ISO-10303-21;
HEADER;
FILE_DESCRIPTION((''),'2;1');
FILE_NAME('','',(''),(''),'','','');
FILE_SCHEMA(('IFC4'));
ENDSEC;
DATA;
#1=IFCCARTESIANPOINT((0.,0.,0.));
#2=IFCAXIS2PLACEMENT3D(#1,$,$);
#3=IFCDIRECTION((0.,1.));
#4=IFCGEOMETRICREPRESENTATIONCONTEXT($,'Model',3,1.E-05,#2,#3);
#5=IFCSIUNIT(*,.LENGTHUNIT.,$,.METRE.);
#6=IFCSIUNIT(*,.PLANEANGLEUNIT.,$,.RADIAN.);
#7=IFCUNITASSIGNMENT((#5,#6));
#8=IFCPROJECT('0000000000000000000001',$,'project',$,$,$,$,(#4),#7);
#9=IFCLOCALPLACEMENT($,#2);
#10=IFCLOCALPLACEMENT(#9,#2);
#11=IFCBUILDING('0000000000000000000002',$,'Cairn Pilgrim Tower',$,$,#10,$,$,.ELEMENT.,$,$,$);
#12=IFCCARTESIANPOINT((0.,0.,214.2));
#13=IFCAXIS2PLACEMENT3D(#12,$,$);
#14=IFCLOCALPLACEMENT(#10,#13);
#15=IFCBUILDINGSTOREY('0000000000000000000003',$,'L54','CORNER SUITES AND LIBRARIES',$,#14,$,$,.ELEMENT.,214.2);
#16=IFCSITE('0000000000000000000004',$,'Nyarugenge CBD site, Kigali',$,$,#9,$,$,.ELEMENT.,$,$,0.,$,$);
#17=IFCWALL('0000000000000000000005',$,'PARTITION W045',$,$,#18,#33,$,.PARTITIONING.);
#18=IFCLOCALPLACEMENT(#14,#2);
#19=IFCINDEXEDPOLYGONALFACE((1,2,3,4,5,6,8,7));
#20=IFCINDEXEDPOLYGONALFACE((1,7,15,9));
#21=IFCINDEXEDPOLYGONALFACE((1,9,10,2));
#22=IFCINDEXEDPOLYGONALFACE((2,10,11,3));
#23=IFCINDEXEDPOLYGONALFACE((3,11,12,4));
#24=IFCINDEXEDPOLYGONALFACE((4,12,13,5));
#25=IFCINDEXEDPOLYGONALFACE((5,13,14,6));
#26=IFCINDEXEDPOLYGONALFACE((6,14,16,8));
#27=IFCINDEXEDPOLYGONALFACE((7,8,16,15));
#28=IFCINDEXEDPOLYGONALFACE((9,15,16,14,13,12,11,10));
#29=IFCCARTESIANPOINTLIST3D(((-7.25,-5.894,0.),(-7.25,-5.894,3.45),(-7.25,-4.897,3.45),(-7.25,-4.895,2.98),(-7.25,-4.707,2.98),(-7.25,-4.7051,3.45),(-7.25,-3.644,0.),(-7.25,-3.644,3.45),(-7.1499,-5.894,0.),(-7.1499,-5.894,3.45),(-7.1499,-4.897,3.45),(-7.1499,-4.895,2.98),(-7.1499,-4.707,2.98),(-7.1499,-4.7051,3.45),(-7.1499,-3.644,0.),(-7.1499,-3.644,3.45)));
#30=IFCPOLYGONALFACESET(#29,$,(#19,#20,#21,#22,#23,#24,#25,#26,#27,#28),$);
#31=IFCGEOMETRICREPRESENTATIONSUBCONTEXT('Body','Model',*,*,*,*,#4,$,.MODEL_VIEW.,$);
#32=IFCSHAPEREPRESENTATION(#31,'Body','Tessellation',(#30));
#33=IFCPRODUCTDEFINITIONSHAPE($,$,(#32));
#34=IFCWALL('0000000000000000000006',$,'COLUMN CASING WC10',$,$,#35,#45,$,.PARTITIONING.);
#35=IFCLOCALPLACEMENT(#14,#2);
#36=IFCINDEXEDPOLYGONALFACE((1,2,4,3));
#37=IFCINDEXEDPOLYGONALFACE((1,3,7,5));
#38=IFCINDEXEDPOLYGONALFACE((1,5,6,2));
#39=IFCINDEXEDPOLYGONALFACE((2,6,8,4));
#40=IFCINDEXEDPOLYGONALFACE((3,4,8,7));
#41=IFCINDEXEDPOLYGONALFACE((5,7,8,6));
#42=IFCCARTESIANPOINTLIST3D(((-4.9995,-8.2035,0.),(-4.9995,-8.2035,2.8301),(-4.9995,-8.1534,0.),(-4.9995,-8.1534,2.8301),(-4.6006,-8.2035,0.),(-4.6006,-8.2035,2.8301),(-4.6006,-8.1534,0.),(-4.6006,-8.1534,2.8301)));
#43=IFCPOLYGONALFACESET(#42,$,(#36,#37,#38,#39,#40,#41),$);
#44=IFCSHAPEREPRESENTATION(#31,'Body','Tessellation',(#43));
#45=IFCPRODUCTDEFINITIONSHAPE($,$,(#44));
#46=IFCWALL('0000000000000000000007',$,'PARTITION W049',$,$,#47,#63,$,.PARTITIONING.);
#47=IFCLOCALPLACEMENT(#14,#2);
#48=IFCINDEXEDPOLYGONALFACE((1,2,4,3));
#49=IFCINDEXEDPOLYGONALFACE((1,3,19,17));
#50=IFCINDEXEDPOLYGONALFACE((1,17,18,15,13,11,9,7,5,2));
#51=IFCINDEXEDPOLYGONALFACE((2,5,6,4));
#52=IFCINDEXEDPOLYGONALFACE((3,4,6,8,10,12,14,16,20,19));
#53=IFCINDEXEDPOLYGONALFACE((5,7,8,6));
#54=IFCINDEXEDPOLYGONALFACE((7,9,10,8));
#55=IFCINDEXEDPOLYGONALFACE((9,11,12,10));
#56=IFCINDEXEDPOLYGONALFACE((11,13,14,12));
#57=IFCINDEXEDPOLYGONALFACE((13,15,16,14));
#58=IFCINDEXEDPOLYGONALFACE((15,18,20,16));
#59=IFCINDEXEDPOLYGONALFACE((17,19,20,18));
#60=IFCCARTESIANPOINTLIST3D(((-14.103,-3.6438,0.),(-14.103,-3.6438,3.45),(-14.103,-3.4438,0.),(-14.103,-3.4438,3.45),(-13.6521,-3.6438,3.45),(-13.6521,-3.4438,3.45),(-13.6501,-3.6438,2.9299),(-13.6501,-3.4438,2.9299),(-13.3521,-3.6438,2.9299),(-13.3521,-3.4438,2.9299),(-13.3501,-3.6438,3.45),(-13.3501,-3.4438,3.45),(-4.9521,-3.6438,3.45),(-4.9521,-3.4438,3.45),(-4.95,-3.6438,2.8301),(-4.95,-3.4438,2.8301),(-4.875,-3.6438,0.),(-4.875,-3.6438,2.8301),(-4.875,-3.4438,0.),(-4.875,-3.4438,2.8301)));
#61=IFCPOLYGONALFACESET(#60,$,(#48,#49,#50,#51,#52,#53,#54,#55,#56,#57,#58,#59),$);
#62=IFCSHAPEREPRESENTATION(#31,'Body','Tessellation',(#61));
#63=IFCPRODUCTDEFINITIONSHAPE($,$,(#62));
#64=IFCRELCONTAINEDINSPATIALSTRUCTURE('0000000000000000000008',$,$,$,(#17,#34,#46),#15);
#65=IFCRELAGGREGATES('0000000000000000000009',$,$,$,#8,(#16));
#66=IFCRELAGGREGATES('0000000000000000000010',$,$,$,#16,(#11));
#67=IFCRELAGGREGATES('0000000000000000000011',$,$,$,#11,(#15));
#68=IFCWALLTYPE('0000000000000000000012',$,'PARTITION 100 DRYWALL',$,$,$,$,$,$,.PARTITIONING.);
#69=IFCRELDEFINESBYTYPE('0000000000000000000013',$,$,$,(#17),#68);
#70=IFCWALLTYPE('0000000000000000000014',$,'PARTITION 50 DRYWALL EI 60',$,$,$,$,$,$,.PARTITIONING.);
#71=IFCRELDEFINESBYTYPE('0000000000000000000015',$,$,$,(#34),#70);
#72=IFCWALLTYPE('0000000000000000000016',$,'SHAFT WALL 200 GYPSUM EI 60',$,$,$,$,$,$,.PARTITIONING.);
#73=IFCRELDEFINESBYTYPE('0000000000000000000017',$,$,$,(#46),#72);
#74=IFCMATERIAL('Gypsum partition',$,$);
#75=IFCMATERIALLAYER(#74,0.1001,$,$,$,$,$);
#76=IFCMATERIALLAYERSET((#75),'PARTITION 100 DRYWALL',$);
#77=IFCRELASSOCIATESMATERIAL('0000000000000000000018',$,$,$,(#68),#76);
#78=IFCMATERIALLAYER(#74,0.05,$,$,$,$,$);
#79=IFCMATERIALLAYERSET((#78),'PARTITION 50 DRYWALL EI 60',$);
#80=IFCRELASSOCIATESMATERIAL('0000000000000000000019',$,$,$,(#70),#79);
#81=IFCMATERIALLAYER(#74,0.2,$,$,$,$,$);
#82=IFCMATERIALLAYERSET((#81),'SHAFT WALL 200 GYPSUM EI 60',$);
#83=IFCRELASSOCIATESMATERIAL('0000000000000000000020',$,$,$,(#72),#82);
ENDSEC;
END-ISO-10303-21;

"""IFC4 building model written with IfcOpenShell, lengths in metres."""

from ifc_helpers import new_model, si_unit, direction, frame, frame_2d, origin, place, context, subcontext, project, spatial, polyline, rectangle, outline, extrude, material, layer, layer_set, type_object, element, save


model = new_model("IFC4")

# Units and contexts
model_context = context("Model", 3, precision=1e-05, world=origin(), true_north=direction((0.0, 1.0)))
body_context = subcontext(model_context, "Body", "Model", "MODEL_VIEW")
ifc_project = project(units=[si_unit("LENGTHUNIT", "METRE"), si_unit("PLANEANGLEUNIT", "RADIAN")], contexts=[model_context])

# Site, building, storey
site_placement = place(None, origin())
site = spatial("IfcSite", under=ifc_project, at=site_placement, Name="Nyarugenge CBD site, Kigali", CompositionType="ELEMENT", RefElevation=0.0)
building_placement = place(site_placement, origin())
building = spatial("IfcBuilding", under=site, at=building_placement, Name="Cairn Pilgrim Tower", CompositionType="ELEMENT")
storey_placement = place(building_placement, frame((0.0, 0.0, 214.2)))
storey = spatial("IfcBuildingStorey", under=building, at=storey_placement, Name="L54", Description="CORNER SUITES AND LIBRARIES", CompositionType="ELEMENT", Elevation=214.2)

# Shared definitions
ifc_material_1 = material(Name="Gypsum partition")
ifc_layer_1 = layer(ifc_material_1, 0.1001)
ifc_layer_set_1 = layer_set([ifc_layer_1], Name="PARTITION 100 DRYWALL")
wall_type_1 = type_object("IfcWallType", Name="PARTITION 100 DRYWALL", PredefinedType="PARTITIONING", material=ifc_layer_set_1)

# Walls
wall_1_placement = place(storey_placement, frame((-7.2, -5.894, 0.0), z_axis=(0.0, 0.0, 1.0), x_axis=(0.0, 1.0, 0.0)))
element("IfcWall", 1, at=wall_1_placement, inside=storey, type_object=wall_type_1, Name="PARTITION W045", PredefinedType="PARTITIONING", context=body_context, shape_type="SweptSolid", body=[
    extrude(outline(polyline([(0.0, 0.0), (2.25, 0.0), (2.25, 3.45), (1.189, 3.45), (1.187, 2.98), (0.999, 2.98), (0.9971, 3.45), (0.0, 3.45), (0.0, 0.0)])), frame((0.0, 0.05, 0.0), z_axis=(0.0, -1.0, 0.0), x_axis=(1.0, 0.0, 0.0)), (0.0, 0.0, 1.0), 0.1001),
])
ifc_layer_2 = layer(ifc_material_1, 0.05)
ifc_layer_set_2 = layer_set([ifc_layer_2], Name="PARTITION 50 DRYWALL EI 60")
wall_type_2 = type_object("IfcWallType", Name="PARTITION 50 DRYWALL EI 60", PredefinedType="PARTITIONING", material=ifc_layer_set_2)
wall_2_placement = place(storey_placement, frame((-4.9995, -8.1785, 0.0), z_axis=(0.0, 0.0, 1.0), x_axis=(1.0, 0.0, 0.0)))
element("IfcWall", 2, at=wall_2_placement, inside=storey, type_object=wall_type_2, Name="COLUMN CASING WC10", PredefinedType="PARTITIONING", context=body_context, shape_type="SweptSolid", body=[
    extrude(rectangle(XDim=0.3989, YDim=0.05, at=frame_2d((0.1995, 0.0))), origin(), (0.0, 0.0, 1.0), 2.8301),
])
ifc_layer_3 = layer(ifc_material_1, 0.2)
ifc_layer_set_3 = layer_set([ifc_layer_3], Name="SHAFT WALL 200 GYPSUM EI 60")
wall_type_3 = type_object("IfcWallType", Name="SHAFT WALL 200 GYPSUM EI 60", PredefinedType="PARTITIONING", material=ifc_layer_set_3)
wall_3_placement = place(storey_placement, frame((-14.103, -3.5439, 0.0), z_axis=(0.0, 0.0, 1.0), x_axis=(1.0, 0.0, 0.0)))
element("IfcWall", 3, at=wall_3_placement, inside=storey, type_object=wall_type_3, Name="PARTITION W049", PredefinedType="PARTITIONING", context=body_context, shape_type="SweptSolid", body=[
    extrude(outline(polyline([(0.0, 0.0), (9.228, 0.0), (9.228, 2.8301), (9.1531, 2.8301), (9.1509, 3.45), (0.7529, 3.45), (0.751, 2.9299), (0.4529, 2.9299), (0.4509, 3.45), (0.0, 3.45), (0.0, 0.0)])), frame((0.0, 0.1001, 0.0), z_axis=(0.0, -1.0, 0.0), x_axis=(1.0, 0.0, 0.0)), (0.0, 0.0, 1.0), 0.2),
])

save(model, "model.ifc")
